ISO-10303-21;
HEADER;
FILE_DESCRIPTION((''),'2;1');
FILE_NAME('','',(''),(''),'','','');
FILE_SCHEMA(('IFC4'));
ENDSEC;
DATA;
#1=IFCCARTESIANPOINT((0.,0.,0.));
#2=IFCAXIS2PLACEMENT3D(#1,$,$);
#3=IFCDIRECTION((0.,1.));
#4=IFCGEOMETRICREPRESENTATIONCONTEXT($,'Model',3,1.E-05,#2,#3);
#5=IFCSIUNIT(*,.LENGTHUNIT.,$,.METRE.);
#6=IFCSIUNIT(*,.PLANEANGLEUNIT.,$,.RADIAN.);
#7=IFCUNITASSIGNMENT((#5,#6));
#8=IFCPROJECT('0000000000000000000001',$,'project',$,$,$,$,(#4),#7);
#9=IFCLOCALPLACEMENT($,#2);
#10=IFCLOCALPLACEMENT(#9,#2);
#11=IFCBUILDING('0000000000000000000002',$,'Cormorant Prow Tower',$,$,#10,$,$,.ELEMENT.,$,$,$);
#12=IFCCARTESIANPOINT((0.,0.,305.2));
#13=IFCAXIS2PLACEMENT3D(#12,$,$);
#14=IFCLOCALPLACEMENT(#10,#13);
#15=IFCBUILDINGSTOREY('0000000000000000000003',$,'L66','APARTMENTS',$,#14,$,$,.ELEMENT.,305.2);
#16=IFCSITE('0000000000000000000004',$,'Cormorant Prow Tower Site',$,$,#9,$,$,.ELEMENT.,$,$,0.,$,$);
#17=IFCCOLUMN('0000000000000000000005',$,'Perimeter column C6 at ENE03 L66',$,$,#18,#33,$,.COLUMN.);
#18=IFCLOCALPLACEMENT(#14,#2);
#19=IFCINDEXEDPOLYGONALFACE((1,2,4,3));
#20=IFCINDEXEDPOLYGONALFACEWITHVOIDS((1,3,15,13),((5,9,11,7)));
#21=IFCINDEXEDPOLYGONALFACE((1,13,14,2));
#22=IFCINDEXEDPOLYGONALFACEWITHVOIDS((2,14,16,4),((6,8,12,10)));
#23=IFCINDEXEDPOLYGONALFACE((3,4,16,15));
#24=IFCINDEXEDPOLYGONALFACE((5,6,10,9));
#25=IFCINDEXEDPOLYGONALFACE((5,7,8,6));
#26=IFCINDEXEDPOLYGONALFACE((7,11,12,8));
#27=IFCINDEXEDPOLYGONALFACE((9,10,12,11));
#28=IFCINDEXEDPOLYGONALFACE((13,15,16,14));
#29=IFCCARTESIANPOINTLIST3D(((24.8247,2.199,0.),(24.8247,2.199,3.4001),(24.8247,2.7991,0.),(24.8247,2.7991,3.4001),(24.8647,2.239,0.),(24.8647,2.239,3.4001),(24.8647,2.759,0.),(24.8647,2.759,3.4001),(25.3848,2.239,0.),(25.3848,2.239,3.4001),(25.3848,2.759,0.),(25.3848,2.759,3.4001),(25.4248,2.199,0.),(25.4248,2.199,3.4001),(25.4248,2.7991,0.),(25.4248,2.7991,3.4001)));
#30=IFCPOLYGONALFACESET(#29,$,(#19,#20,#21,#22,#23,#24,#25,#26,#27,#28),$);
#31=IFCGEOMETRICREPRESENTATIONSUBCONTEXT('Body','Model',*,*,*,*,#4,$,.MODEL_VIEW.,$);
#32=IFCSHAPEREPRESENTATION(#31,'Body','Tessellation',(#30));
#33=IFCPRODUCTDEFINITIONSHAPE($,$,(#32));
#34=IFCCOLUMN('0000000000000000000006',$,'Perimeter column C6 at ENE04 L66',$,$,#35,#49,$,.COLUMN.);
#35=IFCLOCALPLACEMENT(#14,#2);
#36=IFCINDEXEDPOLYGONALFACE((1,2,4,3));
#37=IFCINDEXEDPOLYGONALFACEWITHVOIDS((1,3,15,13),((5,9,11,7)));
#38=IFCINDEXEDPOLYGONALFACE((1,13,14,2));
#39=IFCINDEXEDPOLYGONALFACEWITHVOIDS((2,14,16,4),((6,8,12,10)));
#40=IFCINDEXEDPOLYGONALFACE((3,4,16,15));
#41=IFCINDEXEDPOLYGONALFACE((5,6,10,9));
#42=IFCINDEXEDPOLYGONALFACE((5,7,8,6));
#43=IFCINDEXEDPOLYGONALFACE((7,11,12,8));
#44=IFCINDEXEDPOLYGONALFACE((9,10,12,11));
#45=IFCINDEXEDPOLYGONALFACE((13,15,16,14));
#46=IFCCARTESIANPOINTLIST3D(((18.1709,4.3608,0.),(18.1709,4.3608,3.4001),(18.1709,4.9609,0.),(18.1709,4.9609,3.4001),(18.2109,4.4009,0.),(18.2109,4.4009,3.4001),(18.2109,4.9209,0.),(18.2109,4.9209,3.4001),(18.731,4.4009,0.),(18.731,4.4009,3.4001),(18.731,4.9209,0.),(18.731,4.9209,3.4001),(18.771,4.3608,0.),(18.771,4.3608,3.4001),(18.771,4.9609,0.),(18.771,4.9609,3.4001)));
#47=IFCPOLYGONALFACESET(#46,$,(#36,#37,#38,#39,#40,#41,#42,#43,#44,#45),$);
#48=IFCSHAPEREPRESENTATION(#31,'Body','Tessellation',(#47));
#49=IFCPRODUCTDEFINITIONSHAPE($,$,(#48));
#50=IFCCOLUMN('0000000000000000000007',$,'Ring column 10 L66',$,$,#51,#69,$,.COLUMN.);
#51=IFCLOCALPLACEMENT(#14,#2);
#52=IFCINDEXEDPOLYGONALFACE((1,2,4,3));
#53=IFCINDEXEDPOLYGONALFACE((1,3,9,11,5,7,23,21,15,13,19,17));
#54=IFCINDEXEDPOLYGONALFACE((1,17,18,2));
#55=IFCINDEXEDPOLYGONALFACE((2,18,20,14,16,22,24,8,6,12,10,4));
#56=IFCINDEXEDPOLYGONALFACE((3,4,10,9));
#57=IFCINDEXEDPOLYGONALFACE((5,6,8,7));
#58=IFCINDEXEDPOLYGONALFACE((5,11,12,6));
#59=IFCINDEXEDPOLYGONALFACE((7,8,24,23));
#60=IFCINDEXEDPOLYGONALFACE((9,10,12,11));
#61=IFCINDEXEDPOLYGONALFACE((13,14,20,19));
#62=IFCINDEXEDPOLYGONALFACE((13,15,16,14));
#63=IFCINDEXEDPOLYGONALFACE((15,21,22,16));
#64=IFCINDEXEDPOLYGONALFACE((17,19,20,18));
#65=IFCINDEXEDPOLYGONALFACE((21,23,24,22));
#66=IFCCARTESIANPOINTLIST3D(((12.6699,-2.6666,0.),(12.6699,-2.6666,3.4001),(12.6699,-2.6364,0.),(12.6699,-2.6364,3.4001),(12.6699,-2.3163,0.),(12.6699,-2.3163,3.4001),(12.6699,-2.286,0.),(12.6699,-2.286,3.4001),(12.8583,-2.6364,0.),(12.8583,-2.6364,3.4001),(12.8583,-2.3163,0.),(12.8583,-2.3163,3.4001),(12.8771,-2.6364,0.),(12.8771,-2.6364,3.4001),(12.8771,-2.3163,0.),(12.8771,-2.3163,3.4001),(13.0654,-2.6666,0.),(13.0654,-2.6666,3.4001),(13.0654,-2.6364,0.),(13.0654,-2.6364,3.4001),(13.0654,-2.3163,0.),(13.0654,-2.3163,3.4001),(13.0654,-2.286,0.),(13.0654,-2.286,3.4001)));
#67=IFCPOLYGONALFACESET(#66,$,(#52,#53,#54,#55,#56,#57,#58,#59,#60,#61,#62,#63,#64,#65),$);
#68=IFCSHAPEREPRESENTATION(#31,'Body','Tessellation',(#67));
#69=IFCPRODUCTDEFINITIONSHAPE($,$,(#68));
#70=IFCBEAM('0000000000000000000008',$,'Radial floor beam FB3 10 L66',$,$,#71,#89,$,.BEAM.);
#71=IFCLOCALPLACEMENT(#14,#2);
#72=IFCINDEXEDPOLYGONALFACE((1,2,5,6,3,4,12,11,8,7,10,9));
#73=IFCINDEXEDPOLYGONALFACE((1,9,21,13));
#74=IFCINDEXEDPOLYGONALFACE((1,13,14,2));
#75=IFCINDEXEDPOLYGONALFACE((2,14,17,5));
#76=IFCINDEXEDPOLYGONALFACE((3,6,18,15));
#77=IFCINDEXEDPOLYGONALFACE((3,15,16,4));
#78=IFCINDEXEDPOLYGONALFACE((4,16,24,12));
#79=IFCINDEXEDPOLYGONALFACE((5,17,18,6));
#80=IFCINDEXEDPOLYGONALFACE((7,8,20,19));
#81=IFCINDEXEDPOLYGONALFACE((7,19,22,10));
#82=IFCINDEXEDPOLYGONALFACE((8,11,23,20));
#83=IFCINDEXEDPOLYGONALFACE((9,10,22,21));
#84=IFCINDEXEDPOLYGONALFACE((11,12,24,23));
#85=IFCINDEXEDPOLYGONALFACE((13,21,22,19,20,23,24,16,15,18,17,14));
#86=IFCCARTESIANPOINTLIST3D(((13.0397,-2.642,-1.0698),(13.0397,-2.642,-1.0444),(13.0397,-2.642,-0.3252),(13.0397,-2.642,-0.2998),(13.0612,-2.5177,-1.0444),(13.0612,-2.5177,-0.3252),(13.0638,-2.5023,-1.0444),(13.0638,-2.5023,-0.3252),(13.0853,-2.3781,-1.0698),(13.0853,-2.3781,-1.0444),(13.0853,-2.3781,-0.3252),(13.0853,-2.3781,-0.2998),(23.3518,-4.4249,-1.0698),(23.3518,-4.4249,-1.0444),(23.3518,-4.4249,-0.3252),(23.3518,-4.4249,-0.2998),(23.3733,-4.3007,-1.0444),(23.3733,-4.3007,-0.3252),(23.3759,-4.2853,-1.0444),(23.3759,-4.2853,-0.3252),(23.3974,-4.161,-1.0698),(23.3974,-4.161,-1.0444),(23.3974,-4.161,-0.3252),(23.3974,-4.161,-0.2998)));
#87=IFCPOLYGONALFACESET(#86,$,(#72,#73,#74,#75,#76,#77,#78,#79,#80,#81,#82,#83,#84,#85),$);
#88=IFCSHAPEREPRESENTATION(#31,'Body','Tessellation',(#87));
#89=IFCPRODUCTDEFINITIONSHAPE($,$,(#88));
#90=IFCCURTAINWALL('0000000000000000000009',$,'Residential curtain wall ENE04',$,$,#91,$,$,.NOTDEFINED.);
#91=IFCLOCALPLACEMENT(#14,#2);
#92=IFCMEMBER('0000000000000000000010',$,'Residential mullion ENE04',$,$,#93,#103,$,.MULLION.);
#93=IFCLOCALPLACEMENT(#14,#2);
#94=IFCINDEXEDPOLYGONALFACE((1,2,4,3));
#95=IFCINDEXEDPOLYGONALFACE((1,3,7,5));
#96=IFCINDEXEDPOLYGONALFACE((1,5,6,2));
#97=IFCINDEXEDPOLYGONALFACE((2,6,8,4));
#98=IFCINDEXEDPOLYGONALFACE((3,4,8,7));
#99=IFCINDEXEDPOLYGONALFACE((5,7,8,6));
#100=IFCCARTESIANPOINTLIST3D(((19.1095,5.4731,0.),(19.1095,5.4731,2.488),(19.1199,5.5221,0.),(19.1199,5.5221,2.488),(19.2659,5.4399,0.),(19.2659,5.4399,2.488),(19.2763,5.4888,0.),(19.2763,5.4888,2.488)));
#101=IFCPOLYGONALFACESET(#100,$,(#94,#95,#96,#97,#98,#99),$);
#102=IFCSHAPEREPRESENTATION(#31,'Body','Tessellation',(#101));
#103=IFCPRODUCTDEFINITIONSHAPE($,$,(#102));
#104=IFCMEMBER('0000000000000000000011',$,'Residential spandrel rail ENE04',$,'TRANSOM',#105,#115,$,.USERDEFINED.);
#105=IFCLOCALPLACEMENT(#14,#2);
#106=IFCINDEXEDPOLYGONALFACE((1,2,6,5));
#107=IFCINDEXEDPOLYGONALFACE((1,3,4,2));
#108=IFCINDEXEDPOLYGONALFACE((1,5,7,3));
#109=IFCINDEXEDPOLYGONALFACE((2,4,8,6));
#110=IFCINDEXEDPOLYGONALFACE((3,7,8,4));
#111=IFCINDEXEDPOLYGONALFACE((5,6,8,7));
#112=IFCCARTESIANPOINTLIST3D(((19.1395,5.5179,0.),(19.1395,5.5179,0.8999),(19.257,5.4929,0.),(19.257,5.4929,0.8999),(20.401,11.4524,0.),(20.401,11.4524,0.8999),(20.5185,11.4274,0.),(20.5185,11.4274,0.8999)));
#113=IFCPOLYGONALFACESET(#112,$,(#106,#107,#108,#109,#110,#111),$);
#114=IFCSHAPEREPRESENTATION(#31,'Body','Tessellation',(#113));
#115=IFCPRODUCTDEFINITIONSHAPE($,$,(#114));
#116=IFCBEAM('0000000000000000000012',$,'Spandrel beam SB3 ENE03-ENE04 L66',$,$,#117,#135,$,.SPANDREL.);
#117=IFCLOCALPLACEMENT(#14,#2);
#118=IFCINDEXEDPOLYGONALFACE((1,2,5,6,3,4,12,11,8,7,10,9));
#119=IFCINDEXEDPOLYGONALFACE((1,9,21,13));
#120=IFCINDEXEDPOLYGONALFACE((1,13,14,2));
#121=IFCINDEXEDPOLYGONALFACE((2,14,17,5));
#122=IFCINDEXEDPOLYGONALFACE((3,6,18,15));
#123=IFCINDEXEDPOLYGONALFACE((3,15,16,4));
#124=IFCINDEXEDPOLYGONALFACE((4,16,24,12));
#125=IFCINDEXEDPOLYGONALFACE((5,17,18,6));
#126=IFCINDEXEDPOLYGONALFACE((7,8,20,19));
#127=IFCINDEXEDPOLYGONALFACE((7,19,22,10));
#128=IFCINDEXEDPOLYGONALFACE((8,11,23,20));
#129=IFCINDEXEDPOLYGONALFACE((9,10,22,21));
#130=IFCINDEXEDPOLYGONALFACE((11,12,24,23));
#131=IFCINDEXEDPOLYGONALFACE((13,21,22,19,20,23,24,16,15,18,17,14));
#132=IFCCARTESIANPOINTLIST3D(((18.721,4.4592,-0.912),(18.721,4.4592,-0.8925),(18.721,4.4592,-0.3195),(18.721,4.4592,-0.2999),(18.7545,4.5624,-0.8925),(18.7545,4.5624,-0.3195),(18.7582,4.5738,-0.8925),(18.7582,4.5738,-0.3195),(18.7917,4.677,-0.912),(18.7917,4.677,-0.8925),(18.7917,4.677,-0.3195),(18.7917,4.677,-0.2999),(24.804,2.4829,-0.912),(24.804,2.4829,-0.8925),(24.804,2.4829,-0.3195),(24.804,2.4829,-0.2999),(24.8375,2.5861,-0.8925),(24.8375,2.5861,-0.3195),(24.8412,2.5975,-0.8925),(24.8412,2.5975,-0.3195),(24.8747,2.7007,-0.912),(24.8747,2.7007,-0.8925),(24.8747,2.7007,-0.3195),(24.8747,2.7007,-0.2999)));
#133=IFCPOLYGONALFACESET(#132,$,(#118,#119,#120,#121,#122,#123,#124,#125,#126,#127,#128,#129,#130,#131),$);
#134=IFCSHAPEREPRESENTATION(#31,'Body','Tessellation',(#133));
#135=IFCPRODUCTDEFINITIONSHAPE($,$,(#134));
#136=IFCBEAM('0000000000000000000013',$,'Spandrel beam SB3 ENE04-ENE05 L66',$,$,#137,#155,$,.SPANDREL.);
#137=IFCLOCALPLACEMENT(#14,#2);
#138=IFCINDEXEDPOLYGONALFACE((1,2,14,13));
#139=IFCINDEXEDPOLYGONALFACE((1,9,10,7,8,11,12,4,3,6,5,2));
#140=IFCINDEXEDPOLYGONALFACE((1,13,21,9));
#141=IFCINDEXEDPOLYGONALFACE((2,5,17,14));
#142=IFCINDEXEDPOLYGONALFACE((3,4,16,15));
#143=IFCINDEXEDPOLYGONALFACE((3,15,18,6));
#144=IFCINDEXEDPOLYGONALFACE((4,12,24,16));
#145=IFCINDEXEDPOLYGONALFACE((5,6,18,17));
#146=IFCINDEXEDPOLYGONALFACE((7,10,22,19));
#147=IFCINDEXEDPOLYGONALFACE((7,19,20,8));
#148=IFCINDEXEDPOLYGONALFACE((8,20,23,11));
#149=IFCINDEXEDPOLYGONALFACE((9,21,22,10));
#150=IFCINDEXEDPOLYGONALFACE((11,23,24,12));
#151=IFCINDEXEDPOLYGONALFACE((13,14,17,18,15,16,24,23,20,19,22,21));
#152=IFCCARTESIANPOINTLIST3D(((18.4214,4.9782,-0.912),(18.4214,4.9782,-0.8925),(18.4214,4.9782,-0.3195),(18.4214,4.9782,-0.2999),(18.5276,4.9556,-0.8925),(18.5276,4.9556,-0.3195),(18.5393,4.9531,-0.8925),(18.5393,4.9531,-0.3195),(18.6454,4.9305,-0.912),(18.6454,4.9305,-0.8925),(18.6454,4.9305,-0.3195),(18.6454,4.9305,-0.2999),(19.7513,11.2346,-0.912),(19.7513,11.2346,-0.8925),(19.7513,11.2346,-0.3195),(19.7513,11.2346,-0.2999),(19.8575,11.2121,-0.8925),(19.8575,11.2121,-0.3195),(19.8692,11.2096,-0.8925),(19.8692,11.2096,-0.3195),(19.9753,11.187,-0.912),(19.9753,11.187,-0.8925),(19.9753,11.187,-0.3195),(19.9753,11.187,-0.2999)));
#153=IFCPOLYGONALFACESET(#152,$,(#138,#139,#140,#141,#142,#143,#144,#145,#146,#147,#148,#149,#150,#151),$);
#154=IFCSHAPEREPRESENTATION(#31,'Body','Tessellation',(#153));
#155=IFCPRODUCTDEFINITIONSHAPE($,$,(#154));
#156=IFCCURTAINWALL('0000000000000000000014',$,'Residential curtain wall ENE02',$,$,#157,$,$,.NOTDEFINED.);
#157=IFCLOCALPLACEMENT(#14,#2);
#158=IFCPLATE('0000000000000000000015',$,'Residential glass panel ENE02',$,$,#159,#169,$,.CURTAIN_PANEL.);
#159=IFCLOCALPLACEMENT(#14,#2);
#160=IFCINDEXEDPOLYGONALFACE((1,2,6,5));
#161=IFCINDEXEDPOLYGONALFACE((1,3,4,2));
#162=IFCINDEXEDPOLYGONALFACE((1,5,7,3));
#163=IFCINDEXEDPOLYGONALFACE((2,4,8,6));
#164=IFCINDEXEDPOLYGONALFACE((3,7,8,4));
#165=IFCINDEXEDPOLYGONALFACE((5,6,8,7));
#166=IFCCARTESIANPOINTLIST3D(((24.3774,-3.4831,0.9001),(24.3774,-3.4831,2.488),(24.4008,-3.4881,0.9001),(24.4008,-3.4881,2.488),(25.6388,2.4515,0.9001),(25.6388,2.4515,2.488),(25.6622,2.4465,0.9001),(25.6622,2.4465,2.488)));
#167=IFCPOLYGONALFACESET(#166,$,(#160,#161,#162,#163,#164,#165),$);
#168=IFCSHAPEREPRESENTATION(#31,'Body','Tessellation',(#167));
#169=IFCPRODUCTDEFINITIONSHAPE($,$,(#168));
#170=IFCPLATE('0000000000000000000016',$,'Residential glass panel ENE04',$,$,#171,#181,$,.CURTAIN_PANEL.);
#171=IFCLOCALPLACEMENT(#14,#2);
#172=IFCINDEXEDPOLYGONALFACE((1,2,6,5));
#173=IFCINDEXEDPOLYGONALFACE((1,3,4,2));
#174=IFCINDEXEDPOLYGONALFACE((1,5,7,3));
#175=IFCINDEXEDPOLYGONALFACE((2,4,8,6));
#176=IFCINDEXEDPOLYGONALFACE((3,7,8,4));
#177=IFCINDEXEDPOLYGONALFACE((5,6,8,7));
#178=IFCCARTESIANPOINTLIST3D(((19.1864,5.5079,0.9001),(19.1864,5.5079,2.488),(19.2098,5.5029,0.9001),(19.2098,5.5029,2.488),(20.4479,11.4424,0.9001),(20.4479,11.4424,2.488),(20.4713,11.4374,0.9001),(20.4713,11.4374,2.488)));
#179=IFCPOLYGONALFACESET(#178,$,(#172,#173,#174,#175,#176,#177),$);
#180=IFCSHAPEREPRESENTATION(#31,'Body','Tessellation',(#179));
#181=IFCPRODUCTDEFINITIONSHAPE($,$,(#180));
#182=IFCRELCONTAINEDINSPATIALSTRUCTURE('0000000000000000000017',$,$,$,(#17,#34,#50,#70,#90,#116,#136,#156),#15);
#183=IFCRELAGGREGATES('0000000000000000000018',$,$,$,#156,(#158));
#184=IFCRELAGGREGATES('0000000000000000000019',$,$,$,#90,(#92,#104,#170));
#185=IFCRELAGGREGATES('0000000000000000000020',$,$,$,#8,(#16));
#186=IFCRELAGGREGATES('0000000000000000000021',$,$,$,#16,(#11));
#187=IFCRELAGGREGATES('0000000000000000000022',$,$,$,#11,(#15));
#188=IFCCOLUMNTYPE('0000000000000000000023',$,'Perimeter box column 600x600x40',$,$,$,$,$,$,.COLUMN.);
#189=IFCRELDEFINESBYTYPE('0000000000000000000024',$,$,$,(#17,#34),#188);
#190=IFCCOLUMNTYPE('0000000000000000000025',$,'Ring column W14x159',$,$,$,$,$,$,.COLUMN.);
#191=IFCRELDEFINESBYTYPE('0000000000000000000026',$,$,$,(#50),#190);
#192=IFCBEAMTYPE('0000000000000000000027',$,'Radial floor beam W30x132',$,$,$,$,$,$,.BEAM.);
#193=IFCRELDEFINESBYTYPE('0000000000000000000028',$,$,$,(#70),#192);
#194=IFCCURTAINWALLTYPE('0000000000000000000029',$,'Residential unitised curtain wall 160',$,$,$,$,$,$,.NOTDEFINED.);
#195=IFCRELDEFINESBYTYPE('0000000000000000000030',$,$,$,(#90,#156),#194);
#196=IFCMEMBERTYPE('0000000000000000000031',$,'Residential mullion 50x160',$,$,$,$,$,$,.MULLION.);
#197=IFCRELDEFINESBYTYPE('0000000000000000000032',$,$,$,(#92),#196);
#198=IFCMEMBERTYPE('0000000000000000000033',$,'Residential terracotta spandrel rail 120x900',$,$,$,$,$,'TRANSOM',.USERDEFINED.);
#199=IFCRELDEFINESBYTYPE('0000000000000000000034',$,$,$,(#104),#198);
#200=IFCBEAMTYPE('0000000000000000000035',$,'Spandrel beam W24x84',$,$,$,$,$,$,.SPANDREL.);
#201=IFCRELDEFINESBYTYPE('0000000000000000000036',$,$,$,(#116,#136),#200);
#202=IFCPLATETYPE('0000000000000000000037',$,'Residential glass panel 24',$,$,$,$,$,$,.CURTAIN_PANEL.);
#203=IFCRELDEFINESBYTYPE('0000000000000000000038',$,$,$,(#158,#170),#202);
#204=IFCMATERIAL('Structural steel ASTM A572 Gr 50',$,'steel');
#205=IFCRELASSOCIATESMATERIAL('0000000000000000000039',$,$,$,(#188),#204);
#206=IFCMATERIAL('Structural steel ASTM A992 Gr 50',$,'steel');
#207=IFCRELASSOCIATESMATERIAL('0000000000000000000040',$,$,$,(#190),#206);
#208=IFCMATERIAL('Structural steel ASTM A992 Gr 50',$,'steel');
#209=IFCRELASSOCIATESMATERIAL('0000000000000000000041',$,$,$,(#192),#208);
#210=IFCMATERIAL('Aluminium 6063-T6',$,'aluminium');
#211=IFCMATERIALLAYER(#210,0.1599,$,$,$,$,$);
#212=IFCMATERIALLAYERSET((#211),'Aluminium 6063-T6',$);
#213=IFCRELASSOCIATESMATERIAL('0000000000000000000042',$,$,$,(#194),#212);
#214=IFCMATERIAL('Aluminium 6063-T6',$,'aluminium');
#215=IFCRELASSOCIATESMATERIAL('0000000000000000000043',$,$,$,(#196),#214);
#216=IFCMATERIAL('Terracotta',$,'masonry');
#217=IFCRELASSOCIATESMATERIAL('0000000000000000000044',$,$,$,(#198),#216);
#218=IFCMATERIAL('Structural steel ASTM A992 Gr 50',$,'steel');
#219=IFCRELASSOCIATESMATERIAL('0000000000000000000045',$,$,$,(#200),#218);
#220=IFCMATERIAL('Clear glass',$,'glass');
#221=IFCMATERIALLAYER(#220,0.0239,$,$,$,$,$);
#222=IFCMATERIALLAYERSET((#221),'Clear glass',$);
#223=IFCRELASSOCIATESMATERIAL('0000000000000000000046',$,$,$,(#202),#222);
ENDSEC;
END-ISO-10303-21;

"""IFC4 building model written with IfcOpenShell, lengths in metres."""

from ifc_helpers import new_model, si_unit, direction, frame, origin, origin_2d, place, context, subcontext, project, spatial, rectangle, hollow_rectangle, i_section, extrude, material, layer, layer_set, material_profile, profile_set, type_object, element, aggregate, save


model = new_model("IFC4")

# Units and contexts
model_context = context("Model", 3, precision=1e-05, world=origin(), true_north=direction((0.0, 1.0)))
body_context = subcontext(model_context, "Body", "Model", "MODEL_VIEW")
ifc_project = project(units=[si_unit("LENGTHUNIT", "METRE"), si_unit("PLANEANGLEUNIT", "RADIAN")], contexts=[model_context])

# Site, building, storey
site_placement = place(None, origin())
site = spatial("IfcSite", under=ifc_project, at=site_placement, Name="Cormorant Prow Tower Site", CompositionType="ELEMENT", RefElevation=0.0)
building_placement = place(site_placement, origin())
building = spatial("IfcBuilding", under=site, at=building_placement, Name="Cormorant Prow Tower", CompositionType="ELEMENT")
storey_placement = place(building_placement, frame((0.0, 0.0, 305.2)))
storey = spatial("IfcBuildingStorey", under=building, at=storey_placement, Name="L66", Description="APARTMENTS", CompositionType="ELEMENT", Elevation=305.2)

# Columns
ifc_material_1 = material(Name="Structural steel ASTM A572 Gr 50", Category="steel")
ifc_material_profile_1 = material_profile(ifc_material_1, hollow_rectangle(XDim=0.6001, YDim=0.6001, WallThickness=0.04, at=origin_2d()), Name="Box 600x600x40")
ifc_profile_set_1 = profile_set([ifc_material_profile_1], Name="Structural steel ASTM A572 Gr 50")
column_type_1 = type_object("IfcColumnType", Name="Perimeter box column 600x600x40", PredefinedType="COLUMN", material=ifc_profile_set_1)
for number, where, z_axis, x_axis, name in (
    (1, (25.1248, 2.499, 0.0), (0.0, 0.0, 1.0), (1.0, 0.0, 0.0), "Perimeter column C6 at ENE03 L66"),
    (2, (18.4709, 4.6609, 0.0), (0.0, 0.0, 1.0), (1.0, 0.0, 0.0), "Perimeter column C6 at ENE04 L66"),
):
    element("IfcColumn", number, at=place(storey_placement, frame(where, z_axis=z_axis, x_axis=x_axis)), inside=storey, type_object=column_type_1, Name=name, PredefinedType="COLUMN", context=body_context, shape_type="SweptSolid", body=[
        extrude(hollow_rectangle(XDim=0.6001, YDim=0.6001, WallThickness=0.04, at=origin_2d()), origin(), (0.0, 0.0, 1.0), 3.4001),
    ])
ifc_material_2 = material(Name="Structural steel ASTM A992 Gr 50", Category="steel")
ifc_material_profile_2 = material_profile(ifc_material_2, i_section(OverallWidth=0.3955, OverallDepth=0.3806, WebThickness=0.0188, FlangeThickness=0.0303, at=origin_2d()), Name="W14x159")
ifc_profile_set_2 = profile_set([ifc_material_profile_2], Name="Structural steel ASTM A992 Gr 50")
column_type_2 = type_object("IfcColumnType", Name="Ring column W14x159", PredefinedType="COLUMN", material=ifc_profile_set_2)
column_placement = place(storey_placement, frame((12.8677, -2.4763, 0.0), z_axis=(0.0, 0.0, 1.0), x_axis=(1.0, 0.0, 0.0)))
element("IfcColumn", 3, at=column_placement, inside=storey, type_object=column_type_2, Name="Ring column 10 L66", PredefinedType="COLUMN", context=body_context, shape_type="SweptSolid", body=[
    extrude(i_section(OverallWidth=0.3955, OverallDepth=0.3806, WebThickness=0.0188, FlangeThickness=0.0303, at=origin_2d()), origin(), (0.0, 0.0, 1.0), 3.4001),
])

# Beam
ifc_material_3 = material(Name="Structural steel ASTM A992 Gr 50", Category="steel")
ifc_material_profile_3 = material_profile(ifc_material_3, i_section(OverallWidth=0.2678, OverallDepth=0.77, WebThickness=0.0156, FlangeThickness=0.0254, at=origin_2d()), Name="W30x132")
ifc_profile_set_3 = profile_set([ifc_material_profile_3], Name="Structural steel ASTM A992 Gr 50")
beam_type_1 = type_object("IfcBeamType", Name="Radial floor beam W30x132", PredefinedType="BEAM", material=ifc_profile_set_3)
beam_1_placement = place(storey_placement, frame((13.0625, -2.51, -0.6848), z_axis=(0.98538, -0.170373, 0.0), x_axis=(0.170373, 0.98538, 0.0)))
element("IfcBeam", 4, at=beam_1_placement, inside=storey, type_object=beam_type_1, Name="Radial floor beam FB3 10 L66", PredefinedType="BEAM", context=body_context, shape_type="SweptSolid", body=[
    extrude(i_section(OverallWidth=0.2678, OverallDepth=0.77, WebThickness=0.0156, FlangeThickness=0.0254, at=origin_2d()), origin(), (0.0, 0.0, 1.0), 10.4651),
])

# Curtain wall, members
ifc_material_4 = material(Name="Aluminium 6063-T6", Category="aluminium")
ifc_layer_1 = layer(ifc_material_4, 0.1599)
ifc_layer_set_1 = layer_set([ifc_layer_1], Name="Aluminium 6063-T6")
curtain_wall_type = type_object("IfcCurtainWallType", Name="Residential unitised curtain wall 160", PredefinedType="NOTDEFINED", material=ifc_layer_set_1)
curtain_wall_1_placement = place(storey_placement, origin())
curtain_wall_1 = element("IfcCurtainWall", 5, at=curtain_wall_1_placement, inside=storey, type_object=curtain_wall_type, Name="Residential curtain wall ENE04", PredefinedType="NOTDEFINED")
ifc_material_5 = material(Name="Aluminium 6063-T6", Category="aluminium")
ifc_material_profile_4 = material_profile(ifc_material_5, rectangle(XDim=0.1599, YDim=0.05, at=origin_2d()), Name="Residential mullion 50x160")
ifc_profile_set_4 = profile_set([ifc_material_profile_4], Name="Aluminium 6063-T6")
member_type_1 = type_object("IfcMemberType", Name="Residential mullion 50x160", PredefinedType="MULLION", material=ifc_profile_set_4)
member_1_placement = place(storey_placement, frame((19.1929, 5.481, 0.0), z_axis=(0.0, 0.0, 1.0), x_axis=(-0.978148, 0.207912, 0.0)))
member_1 = element("IfcMember", 6, at=member_1_placement, type_object=member_type_1, Name="Residential mullion ENE04", PredefinedType="MULLION", context=body_context, shape_type="SweptSolid", body=[
    extrude(rectangle(XDim=0.1599, YDim=0.05, at=origin_2d()), origin(), (0.0, 0.0, 1.0), 2.488),
])
ifc_material_6 = material(Name="Terracotta", Category="masonry")
ifc_material_profile_5 = material_profile(ifc_material_6, rectangle(XDim=0.1201, YDim=0.8999, at=origin_2d()), Name="Residential terracotta spandrel rail 120x900")
ifc_profile_set_5 = profile_set([ifc_material_profile_5], Name="Terracotta")
member_type_2 = type_object("IfcMemberType", Name="Residential terracotta spandrel rail 120x900", ElementType="TRANSOM", PredefinedType="USERDEFINED", material=ifc_profile_set_5)
member_2_placement = place(storey_placement, frame((19.1982, 5.5054, 0.45), z_axis=(0.207918, 0.978146, 0.0), x_axis=(-0.978146, 0.207918, 0.0)))
member_2 = element("IfcMember", 7, at=member_2_placement, type_object=member_type_2, Name="Residential spandrel rail ENE04", ObjectType="TRANSOM", PredefinedType="USERDEFINED", context=body_context, shape_type="SweptSolid", body=[
    extrude(rectangle(XDim=0.1201, YDim=0.8999, at=origin_2d()), origin(), (0.0, 0.0, 1.0), 6.0671),
])

# Beams
ifc_material_7 = material(Name="Structural steel ASTM A992 Gr 50", Category="steel")
ifc_material_profile_6 = material_profile(ifc_material_7, i_section(OverallWidth=0.229, OverallDepth=0.6121, WebThickness=0.012, FlangeThickness=0.0195, at=origin_2d()), Name="W24x84")
ifc_profile_set_6 = profile_set([ifc_material_profile_6], Name="Structural steel ASTM A992 Gr 50")
beam_type_2 = type_object("IfcBeamType", Name="Spandrel beam W24x84", PredefinedType="SPANDREL", material=ifc_profile_set_6)
beam_2_placement = place(storey_placement, frame((24.8394, 2.5918, -0.606), z_axis=(-0.951064, 0.308993, 0.0), x_axis=(-0.308993, -0.951064, 0.0)))
element("IfcBeam", 8, at=beam_2_placement, inside=storey, type_object=beam_type_2, Name="Spandrel beam SB3 ENE03-ENE04 L66", PredefinedType="SPANDREL", context=body_context, shape_type="SweptSolid", body=[
    extrude(i_section(OverallWidth=0.229, OverallDepth=0.6121, WebThickness=0.012, FlangeThickness=0.0195, at=origin_2d()), origin(), (0.0, 0.0, 1.0), 6.396),
])
beam_3_placement = place(storey_placement, frame((18.5334, 4.9543, -0.606), z_axis=(0.207913, 0.978147, 0.0), x_axis=(-0.978147, 0.207913, 0.0)))
element("IfcBeam", 9, at=beam_3_placement, inside=storey, type_object=beam_type_2, Name="Spandrel beam SB3 ENE04-ENE05 L66", PredefinedType="SPANDREL", context=body_context, shape_type="SweptSolid", body=[
    extrude(i_section(OverallWidth=0.229, OverallDepth=0.6121, WebThickness=0.012, FlangeThickness=0.0195, at=origin_2d()), origin(), (0.0, 0.0, 1.0), 6.3962),
])

# Curtain wall, plate
curtain_wall_2_placement = place(storey_placement, origin())
curtain_wall_2 = element("IfcCurtainWall", 10, at=curtain_wall_2_placement, inside=storey, type_object=curtain_wall_type, Name="Residential curtain wall ENE02", PredefinedType="NOTDEFINED")
ifc_material_8 = material(Name="Clear glass", Category="glass")
ifc_layer_2 = layer(ifc_material_8, 0.0239)
ifc_layer_set_2 = layer_set([ifc_layer_2], Name="Clear glass")
plate_type = type_object("IfcPlateType", Name="Residential glass panel 24", PredefinedType="CURTAIN_PANEL", material=ifc_layer_set_2)
plate_1_placement = place(storey_placement, frame((25.0198, -0.5183, 0.9001), z_axis=(0.0, 0.0, 1.0), x_axis=(0.207912, 0.978148, 0.0)))
plate_1 = element("IfcPlate", 11, at=plate_1_placement, type_object=plate_type, Name="Residential glass panel ENE02", PredefinedType="CURTAIN_PANEL", context=body_context, shape_type="SweptSolid", body=[
    extrude(rectangle(XDim=6.0671, YDim=0.0239, at=origin_2d()), origin(), (0.0, 0.0, 1.0), 1.5879),
])
aggregate(curtain_wall_2, [plate_1])

# Plate
plate_2_placement = place(storey_placement, frame((19.8289, 8.4727, 0.9001), z_axis=(0.0, 0.0, 1.0), x_axis=(0.207912, 0.978148, 0.0)))
plate_2 = element("IfcPlate", 12, at=plate_2_placement, type_object=plate_type, Name="Residential glass panel ENE04", PredefinedType="CURTAIN_PANEL", context=body_context, shape_type="SweptSolid", body=[
    extrude(rectangle(XDim=6.0671, YDim=0.0239, at=origin_2d()), origin(), (0.0, 0.0, 1.0), 1.5879),
])
aggregate(curtain_wall_1, [member_1, member_2, plate_2])

save(model, "model.ifc")
